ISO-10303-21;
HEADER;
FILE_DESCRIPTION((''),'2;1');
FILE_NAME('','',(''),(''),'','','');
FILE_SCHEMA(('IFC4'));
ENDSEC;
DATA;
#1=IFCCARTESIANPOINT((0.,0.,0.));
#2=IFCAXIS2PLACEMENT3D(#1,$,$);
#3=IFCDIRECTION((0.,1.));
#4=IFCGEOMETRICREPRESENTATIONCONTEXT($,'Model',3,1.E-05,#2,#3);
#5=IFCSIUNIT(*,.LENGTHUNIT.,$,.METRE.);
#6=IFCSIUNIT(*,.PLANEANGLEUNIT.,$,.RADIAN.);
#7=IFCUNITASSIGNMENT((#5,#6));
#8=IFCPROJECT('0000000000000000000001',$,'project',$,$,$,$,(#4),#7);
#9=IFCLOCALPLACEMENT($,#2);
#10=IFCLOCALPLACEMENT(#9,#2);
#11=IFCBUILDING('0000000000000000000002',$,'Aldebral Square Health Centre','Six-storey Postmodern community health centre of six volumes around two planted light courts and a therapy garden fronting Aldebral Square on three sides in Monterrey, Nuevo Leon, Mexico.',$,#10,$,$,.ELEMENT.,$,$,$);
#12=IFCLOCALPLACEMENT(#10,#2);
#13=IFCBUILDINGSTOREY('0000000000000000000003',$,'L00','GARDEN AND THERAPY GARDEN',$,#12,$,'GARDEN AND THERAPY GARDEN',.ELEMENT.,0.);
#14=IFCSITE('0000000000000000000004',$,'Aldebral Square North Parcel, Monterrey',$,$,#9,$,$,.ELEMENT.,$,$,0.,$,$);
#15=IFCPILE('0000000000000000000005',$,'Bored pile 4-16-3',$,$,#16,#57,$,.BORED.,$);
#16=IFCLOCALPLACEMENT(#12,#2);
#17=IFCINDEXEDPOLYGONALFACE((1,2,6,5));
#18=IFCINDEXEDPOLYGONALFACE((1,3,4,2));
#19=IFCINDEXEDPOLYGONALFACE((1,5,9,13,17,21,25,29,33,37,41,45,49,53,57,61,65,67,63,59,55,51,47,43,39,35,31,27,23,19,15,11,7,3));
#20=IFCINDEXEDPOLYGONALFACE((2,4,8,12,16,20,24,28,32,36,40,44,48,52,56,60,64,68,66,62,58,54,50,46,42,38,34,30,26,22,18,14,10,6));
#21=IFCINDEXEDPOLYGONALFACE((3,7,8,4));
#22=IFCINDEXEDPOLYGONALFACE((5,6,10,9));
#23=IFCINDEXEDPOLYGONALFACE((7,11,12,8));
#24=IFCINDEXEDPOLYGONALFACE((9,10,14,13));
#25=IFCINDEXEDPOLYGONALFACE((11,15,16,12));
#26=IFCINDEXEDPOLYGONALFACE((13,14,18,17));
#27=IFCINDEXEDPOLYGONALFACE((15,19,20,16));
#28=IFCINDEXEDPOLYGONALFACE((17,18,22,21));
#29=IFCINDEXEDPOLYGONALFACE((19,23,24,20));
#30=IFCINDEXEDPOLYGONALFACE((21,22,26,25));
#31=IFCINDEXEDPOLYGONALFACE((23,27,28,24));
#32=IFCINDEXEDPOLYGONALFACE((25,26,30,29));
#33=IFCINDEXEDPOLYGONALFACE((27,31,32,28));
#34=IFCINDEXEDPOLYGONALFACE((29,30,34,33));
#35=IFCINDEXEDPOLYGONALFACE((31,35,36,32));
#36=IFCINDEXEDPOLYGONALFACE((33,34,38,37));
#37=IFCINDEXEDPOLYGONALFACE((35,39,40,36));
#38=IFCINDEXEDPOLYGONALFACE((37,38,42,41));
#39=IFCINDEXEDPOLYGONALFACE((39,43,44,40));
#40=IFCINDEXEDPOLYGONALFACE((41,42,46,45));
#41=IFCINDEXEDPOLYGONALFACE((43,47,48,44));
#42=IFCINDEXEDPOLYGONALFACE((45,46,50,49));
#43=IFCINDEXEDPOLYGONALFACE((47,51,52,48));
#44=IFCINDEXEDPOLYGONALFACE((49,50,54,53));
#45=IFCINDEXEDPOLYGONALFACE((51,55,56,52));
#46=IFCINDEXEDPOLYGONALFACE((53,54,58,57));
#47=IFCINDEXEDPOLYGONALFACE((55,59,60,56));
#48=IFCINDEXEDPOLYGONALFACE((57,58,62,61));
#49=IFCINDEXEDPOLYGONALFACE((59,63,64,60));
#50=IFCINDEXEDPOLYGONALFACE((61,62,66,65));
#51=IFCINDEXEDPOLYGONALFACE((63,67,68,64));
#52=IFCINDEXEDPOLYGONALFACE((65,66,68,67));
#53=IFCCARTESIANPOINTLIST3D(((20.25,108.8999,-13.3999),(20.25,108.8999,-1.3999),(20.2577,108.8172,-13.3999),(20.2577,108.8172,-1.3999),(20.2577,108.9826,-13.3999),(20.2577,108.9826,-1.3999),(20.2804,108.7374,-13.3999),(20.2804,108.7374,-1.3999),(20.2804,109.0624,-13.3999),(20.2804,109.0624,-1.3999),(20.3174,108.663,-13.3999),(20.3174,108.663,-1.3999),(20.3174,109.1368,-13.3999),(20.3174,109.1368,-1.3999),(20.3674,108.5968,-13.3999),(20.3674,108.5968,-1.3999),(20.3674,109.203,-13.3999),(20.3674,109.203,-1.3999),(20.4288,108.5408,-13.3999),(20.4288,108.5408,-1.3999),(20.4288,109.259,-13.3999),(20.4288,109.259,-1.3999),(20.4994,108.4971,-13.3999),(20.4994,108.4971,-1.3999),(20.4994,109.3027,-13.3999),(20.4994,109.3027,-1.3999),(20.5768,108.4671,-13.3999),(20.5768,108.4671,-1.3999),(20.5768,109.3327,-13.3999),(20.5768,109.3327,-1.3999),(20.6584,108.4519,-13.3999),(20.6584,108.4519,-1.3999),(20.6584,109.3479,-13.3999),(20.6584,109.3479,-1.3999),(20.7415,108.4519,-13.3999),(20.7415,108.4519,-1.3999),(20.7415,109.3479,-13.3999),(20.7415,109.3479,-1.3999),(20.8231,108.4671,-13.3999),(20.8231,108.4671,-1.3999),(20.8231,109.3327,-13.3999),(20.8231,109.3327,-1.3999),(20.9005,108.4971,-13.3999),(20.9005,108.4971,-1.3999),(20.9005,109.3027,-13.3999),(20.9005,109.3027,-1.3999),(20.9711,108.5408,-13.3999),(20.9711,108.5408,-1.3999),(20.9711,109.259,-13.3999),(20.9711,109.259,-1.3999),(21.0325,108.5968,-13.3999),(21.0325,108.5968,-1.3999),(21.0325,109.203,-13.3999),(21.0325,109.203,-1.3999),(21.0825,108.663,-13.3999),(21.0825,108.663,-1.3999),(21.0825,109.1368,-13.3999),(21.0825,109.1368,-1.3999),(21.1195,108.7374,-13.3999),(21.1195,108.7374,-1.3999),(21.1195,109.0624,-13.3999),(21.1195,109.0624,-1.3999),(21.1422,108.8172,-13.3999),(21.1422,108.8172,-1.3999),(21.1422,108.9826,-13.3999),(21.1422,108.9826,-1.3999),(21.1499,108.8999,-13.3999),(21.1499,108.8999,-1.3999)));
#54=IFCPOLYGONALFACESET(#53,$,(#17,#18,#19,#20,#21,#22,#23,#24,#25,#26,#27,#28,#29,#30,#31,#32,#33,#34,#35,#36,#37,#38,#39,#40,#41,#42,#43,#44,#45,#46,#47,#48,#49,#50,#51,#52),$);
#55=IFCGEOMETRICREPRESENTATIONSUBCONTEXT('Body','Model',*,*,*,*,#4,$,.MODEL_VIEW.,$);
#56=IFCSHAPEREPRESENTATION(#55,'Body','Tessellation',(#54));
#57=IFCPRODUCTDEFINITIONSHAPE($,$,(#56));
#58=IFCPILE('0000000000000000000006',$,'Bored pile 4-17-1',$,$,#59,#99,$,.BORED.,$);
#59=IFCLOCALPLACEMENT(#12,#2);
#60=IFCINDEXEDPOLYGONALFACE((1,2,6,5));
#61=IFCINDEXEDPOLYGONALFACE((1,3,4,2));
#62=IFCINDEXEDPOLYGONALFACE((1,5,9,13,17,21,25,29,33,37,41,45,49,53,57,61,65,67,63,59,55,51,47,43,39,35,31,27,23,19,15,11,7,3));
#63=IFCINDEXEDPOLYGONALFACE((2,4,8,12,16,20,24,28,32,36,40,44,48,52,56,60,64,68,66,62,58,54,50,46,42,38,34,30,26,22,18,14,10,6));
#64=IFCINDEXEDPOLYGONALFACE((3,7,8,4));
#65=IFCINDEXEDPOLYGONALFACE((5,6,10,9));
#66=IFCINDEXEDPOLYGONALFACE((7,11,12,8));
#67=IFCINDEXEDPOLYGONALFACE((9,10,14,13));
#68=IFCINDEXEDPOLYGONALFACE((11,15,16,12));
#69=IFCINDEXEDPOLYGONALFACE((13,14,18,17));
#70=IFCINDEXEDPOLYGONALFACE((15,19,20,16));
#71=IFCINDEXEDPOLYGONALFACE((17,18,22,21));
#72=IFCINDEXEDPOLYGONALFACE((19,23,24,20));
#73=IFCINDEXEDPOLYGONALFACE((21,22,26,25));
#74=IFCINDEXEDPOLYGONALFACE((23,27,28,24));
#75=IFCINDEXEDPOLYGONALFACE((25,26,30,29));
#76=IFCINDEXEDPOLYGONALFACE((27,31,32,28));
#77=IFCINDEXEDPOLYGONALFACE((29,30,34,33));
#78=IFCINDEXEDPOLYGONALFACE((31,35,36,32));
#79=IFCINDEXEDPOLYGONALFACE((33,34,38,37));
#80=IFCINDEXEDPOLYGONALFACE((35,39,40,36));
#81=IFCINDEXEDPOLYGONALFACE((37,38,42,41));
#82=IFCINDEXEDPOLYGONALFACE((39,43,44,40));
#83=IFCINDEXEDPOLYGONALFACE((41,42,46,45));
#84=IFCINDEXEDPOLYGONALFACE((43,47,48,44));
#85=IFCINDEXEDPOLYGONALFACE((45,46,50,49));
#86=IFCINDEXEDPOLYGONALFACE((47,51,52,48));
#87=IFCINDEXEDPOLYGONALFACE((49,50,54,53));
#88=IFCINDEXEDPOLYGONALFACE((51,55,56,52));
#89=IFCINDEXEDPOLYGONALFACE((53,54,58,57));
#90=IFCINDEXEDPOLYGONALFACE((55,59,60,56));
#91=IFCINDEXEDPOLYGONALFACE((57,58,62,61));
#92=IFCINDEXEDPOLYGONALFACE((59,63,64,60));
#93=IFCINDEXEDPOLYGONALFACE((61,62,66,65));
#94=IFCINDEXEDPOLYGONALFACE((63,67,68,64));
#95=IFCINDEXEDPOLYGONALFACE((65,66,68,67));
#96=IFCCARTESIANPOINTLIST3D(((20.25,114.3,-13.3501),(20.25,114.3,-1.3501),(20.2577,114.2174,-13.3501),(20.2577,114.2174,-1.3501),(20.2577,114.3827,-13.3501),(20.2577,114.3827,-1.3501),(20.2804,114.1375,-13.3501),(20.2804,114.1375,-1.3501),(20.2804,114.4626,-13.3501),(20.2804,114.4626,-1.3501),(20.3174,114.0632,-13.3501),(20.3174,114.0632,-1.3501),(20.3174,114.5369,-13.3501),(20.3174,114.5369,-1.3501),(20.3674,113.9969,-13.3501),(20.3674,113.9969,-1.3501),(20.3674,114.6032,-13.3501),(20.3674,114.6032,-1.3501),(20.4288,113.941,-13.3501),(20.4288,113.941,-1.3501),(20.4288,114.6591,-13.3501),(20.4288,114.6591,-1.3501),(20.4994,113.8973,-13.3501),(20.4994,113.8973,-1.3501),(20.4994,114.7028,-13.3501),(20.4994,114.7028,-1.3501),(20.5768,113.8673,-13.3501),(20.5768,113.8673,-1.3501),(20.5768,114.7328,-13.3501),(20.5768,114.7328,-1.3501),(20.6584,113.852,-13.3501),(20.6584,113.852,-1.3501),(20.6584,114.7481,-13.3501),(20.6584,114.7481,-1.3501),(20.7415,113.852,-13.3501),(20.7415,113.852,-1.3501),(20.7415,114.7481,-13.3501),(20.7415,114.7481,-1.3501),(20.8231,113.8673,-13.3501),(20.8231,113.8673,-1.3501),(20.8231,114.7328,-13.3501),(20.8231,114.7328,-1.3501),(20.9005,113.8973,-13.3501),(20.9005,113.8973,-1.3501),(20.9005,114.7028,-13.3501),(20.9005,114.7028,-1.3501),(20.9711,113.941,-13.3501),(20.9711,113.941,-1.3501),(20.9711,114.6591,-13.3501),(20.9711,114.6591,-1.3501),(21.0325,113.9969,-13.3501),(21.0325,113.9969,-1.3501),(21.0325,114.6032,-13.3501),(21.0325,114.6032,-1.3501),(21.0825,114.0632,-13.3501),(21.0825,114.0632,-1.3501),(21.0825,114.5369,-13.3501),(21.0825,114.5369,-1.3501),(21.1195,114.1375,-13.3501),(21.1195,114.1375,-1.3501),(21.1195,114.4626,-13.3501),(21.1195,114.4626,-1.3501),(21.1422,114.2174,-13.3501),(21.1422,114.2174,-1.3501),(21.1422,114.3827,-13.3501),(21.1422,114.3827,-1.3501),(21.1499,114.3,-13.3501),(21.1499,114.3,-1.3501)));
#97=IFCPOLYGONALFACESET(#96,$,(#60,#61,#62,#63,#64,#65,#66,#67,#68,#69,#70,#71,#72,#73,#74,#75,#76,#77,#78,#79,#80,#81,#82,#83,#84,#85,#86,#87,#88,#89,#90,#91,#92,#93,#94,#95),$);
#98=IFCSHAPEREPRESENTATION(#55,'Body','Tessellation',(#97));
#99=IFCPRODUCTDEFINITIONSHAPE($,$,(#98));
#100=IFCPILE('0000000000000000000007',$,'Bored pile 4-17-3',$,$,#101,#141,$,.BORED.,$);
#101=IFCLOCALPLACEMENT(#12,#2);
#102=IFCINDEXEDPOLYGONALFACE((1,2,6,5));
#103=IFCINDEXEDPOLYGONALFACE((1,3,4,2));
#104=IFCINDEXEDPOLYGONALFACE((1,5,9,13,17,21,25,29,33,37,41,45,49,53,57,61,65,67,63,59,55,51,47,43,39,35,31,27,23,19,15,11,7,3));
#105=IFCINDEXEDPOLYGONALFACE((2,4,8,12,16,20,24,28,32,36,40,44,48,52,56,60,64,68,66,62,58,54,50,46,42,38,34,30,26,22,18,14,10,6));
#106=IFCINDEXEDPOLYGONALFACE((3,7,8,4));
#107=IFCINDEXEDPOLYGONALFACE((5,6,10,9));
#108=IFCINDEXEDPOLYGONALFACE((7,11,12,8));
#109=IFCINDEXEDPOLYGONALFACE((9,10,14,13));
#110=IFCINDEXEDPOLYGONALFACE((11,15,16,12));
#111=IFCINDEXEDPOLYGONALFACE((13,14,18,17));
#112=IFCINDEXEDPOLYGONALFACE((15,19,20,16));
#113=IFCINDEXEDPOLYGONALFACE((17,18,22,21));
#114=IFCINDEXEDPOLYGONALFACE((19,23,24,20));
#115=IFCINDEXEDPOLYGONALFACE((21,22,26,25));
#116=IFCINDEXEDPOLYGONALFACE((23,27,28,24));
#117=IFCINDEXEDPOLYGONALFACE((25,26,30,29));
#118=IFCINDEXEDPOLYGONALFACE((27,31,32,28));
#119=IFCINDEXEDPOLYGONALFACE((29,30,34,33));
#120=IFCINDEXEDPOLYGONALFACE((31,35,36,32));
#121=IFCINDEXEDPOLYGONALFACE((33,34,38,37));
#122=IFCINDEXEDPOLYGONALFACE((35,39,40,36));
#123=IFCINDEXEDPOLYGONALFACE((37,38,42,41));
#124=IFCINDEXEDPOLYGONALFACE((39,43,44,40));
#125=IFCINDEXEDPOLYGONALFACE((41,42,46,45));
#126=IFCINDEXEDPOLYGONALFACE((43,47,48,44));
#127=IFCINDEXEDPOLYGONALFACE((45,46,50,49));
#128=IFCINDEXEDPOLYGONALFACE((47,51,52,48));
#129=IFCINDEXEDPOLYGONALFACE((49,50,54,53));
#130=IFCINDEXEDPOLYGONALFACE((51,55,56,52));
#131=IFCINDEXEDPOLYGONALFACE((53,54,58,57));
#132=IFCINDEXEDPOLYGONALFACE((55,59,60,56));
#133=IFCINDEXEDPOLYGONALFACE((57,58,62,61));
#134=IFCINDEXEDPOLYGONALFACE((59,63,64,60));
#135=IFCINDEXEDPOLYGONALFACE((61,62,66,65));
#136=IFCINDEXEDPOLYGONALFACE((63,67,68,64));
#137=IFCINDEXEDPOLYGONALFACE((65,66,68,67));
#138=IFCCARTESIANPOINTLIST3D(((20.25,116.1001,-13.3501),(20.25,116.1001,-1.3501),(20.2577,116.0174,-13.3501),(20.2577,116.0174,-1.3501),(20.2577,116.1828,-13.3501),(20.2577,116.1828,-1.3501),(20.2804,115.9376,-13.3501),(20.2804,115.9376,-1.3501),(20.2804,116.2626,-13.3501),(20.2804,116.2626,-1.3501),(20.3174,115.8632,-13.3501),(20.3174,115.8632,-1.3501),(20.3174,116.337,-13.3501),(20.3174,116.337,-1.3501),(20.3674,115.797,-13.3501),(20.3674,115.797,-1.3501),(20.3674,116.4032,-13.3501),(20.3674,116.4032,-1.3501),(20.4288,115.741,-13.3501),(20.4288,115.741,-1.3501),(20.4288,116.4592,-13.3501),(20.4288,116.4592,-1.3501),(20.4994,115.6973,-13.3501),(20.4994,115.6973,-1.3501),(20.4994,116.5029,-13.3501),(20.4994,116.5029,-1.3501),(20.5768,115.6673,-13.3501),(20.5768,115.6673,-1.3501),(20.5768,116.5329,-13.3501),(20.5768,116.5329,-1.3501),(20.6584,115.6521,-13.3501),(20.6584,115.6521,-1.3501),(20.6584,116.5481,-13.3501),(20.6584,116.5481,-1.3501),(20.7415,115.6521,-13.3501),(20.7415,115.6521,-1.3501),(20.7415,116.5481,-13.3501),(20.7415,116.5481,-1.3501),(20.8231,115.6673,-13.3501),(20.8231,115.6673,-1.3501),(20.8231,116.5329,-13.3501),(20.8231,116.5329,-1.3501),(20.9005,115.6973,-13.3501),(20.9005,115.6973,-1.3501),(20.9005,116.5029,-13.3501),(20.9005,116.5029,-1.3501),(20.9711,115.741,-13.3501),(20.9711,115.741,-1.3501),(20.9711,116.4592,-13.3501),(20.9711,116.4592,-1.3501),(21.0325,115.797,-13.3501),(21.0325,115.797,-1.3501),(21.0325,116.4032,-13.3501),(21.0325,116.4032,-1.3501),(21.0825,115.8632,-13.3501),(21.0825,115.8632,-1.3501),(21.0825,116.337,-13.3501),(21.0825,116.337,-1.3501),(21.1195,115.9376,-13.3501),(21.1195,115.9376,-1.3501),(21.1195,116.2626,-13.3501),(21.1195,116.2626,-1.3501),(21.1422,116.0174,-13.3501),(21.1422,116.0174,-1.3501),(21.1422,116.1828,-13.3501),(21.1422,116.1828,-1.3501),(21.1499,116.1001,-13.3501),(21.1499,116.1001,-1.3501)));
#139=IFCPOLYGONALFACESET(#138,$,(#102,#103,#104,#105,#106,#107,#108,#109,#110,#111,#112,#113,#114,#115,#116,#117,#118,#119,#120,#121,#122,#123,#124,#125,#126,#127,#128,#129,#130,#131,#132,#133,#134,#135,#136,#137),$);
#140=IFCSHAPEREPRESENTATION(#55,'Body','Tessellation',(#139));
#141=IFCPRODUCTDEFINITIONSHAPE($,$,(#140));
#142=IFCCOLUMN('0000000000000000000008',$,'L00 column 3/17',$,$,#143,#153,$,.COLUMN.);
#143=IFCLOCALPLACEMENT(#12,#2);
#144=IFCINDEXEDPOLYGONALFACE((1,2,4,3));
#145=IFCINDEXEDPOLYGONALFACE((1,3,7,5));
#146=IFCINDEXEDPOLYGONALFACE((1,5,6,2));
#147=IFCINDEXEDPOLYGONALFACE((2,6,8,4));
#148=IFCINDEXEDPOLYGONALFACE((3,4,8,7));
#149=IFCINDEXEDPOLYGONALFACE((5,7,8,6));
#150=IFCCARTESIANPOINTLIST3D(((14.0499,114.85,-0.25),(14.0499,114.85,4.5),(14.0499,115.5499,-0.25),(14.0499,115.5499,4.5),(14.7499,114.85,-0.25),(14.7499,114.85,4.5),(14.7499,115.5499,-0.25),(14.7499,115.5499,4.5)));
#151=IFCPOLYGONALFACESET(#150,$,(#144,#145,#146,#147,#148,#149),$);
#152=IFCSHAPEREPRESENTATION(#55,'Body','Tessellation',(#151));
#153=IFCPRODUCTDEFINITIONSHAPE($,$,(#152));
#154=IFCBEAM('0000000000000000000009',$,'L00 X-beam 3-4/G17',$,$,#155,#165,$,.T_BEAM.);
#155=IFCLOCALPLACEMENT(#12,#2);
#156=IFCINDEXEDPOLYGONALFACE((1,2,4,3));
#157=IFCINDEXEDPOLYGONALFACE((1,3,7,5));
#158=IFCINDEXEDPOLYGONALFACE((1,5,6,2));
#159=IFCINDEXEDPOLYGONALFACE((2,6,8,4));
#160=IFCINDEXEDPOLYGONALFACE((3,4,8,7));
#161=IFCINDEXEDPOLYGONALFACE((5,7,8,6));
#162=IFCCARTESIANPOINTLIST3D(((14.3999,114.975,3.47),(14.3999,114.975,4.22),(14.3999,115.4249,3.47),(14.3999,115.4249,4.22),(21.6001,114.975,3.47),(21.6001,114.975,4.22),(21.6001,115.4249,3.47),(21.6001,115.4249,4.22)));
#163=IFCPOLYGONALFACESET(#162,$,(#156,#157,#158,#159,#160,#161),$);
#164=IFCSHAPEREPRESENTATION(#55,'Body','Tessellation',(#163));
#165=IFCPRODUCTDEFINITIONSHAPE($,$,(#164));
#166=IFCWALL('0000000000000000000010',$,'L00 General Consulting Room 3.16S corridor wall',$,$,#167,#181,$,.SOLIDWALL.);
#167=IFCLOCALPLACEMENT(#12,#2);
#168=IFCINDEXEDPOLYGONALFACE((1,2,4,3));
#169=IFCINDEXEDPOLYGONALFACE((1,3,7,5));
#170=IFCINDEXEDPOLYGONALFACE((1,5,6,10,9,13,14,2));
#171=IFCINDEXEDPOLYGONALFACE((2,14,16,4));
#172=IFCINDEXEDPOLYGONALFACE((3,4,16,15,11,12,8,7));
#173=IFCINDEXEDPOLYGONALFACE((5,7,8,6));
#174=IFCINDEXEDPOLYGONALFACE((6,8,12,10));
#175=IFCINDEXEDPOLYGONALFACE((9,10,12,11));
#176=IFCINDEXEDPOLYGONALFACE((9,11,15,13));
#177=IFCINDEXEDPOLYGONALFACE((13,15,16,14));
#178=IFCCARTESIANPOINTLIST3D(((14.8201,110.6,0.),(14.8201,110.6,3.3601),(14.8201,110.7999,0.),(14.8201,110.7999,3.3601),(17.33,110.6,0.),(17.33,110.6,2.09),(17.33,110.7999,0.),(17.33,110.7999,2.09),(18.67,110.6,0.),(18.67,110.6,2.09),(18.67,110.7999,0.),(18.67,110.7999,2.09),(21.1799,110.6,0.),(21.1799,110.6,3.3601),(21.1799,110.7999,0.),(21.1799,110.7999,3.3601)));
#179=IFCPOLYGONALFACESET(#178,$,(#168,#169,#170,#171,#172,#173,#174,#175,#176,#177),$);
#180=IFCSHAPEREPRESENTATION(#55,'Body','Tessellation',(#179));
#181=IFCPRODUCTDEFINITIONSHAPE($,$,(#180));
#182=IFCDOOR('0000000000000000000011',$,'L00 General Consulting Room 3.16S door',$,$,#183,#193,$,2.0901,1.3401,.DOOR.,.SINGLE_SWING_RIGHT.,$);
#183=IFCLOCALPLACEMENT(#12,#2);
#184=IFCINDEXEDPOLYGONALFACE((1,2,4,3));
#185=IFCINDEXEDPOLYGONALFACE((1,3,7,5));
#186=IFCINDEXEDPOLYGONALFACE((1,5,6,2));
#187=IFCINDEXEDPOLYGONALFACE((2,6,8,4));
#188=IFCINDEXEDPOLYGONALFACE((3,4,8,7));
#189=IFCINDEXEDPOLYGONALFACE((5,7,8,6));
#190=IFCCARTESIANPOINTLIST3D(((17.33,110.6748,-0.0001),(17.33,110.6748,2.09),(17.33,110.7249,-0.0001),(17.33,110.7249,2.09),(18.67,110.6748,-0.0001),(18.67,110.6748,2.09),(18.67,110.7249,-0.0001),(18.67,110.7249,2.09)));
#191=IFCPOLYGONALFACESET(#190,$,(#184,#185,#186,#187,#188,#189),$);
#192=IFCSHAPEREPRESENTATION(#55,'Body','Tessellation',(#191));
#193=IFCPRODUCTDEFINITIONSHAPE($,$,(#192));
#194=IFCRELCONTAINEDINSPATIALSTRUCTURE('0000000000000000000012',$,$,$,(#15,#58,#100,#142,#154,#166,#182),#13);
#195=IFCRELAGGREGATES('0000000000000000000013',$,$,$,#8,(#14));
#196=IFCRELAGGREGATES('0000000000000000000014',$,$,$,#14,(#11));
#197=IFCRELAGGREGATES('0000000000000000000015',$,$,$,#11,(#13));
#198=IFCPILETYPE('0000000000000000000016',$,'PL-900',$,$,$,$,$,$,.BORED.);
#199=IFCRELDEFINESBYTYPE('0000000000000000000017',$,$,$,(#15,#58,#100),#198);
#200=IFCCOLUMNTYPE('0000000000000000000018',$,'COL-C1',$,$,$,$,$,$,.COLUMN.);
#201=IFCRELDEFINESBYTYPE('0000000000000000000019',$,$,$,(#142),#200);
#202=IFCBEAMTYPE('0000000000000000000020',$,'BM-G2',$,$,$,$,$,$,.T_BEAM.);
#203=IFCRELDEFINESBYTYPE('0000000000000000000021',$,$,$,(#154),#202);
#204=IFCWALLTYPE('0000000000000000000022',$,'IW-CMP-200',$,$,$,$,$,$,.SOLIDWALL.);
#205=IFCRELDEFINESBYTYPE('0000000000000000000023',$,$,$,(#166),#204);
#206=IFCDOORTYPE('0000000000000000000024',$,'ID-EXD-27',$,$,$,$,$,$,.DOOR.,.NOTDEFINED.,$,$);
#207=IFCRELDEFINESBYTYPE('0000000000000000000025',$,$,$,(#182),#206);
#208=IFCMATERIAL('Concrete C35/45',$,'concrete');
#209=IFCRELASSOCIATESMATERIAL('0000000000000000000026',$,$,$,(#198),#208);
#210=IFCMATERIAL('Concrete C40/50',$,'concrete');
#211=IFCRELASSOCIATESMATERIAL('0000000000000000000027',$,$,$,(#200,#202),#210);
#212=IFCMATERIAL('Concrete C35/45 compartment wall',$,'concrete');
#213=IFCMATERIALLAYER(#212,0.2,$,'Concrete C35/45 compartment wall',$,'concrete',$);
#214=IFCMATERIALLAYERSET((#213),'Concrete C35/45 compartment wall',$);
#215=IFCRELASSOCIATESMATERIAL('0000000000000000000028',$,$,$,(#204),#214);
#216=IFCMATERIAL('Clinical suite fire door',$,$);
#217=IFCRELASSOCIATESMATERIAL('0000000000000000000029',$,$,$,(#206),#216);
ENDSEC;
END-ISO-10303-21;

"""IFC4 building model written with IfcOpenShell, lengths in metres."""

from ifc_helpers import new_model, si_unit, direction, frame, frame_2d, origin, origin_2d, place, context, subcontext, project, spatial, rectangle, circle, extrude, material, layer, layer_set, material_profile, profile_set, type_object, element, fill, save


model = new_model("IFC4")

# Units and contexts
model_context = context("Model", 3, precision=1e-05, world=origin(), true_north=direction((0.0, 1.0)))
body_context = subcontext(model_context, "Body", "Model", "MODEL_VIEW")
ifc_project = project(units=[si_unit("LENGTHUNIT", "METRE"), si_unit("PLANEANGLEUNIT", "RADIAN")], contexts=[model_context])

# Site, building, storey
site_placement = place(None, origin())
site = spatial("IfcSite", under=ifc_project, at=site_placement, Name="Aldebral Square North Parcel, Monterrey", CompositionType="ELEMENT", RefElevation=0.0)
building_placement = place(site_placement, origin())
building = spatial("IfcBuilding", under=site, at=building_placement, Name="Aldebral Square Health Centre", Description="Six-storey Postmodern community health centre of six volumes around two planted light courts and a therapy garden fronting Aldebral Square on three sides in Monterrey, Nuevo Leon, Mexico.", CompositionType="ELEMENT")
storey_placement = place(building_placement, origin())
storey = spatial("IfcBuildingStorey", under=building, at=storey_placement, Name="L00", Description="GARDEN AND THERAPY GARDEN", LongName="GARDEN AND THERAPY GARDEN", CompositionType="ELEMENT", Elevation=0.0)

# Shared definitions
ifc_material_1 = material(Name="Concrete C35/45", Category="concrete")

# Piles
ifc_material_profile_1 = material_profile(ifc_material_1, circle(Radius=0.45, at=origin_2d()), Name="PILE D900")
ifc_profile_set_1 = profile_set([ifc_material_profile_1], Name="Concrete C35/45")
pile_type = type_object("IfcPileType", Name="PL-900", PredefinedType="BORED", material=ifc_profile_set_1)
for number, where, z_axis, x_axis, name in (
    (1, (20.7, 108.8999, -1.3999), (0.0, 0.0, -1.0), (1.0, 0.0, 0.0), "Bored pile 4-16-3"),
    (2, (20.7, 114.3, -1.3501), (0.0, 0.0, -1.0), (1.0, 0.0, 0.0), "Bored pile 4-17-1"),
    (3, (20.7, 116.1001, -1.3501), (0.0, 0.0, -1.0), (1.0, 0.0, 0.0), "Bored pile 4-17-3"),
):
    element("IfcPile", number, at=place(storey_placement, frame(where, z_axis=z_axis, x_axis=x_axis)), inside=storey, type_object=pile_type, Name=name, PredefinedType="BORED", context=body_context, shape_type="SweptSolid", body=[
        extrude(circle(Radius=0.45, at=origin_2d()), origin(), (0.0, 0.0, 1.0), 12.0),
    ])

# Column
ifc_material_2 = material(Name="Concrete C40/50", Category="concrete")
ifc_material_profile_2 = material_profile(ifc_material_2, rectangle(XDim=0.7, YDim=0.7, at=origin_2d()), Name="RC 700x700")
ifc_profile_set_2 = profile_set([ifc_material_profile_2], Name="Concrete C40/50")
column_type = type_object("IfcColumnType", Name="COL-C1", PredefinedType="COLUMN", material=ifc_profile_set_2)
column_placement = place(storey_placement, frame((14.3999, 115.2, -0.25), z_axis=(0.0, 0.0, 1.0), x_axis=(1.0, 0.0, 0.0)))
element("IfcColumn", 4, at=column_placement, inside=storey, type_object=column_type, Name="L00 column 3/17", PredefinedType="COLUMN", context=body_context, shape_type="SweptSolid", body=[
    extrude(rectangle(XDim=0.7, YDim=0.7, at=origin_2d()), origin(), (0.0, 0.0, 1.0), 4.75),
])

# Beam
ifc_material_profile_3 = material_profile(ifc_material_2, rectangle(XDim=0.45, YDim=0.75, at=origin_2d()), Name="RC 450x750")
ifc_profile_set_3 = profile_set([ifc_material_profile_3], Name="Concrete C40/50")
beam_type = type_object("IfcBeamType", Name="BM-G2", PredefinedType="T_BEAM", material=ifc_profile_set_3)
beam_placement = place(storey_placement, frame((14.3999, 115.2, 3.845), z_axis=(1.0, 0.0, 0.0), x_axis=(0.0, 1.0, 0.0)))
element("IfcBeam", 5, at=beam_placement, inside=storey, type_object=beam_type, Name="L00 X-beam 3-4/G17", PredefinedType="T_BEAM", context=body_context, shape_type="SweptSolid", body=[
    extrude(rectangle(XDim=0.45, YDim=0.75, at=origin_2d()), origin(), (0.0, 0.0, 1.0), 7.2002),
])

# Wall, opening, door
ifc_material_3 = material(Name="Concrete C35/45 compartment wall", Category="concrete")
ifc_layer_1 = layer(ifc_material_3, 0.2, Name="Concrete C35/45 compartment wall", Category="concrete")
ifc_layer_set_1 = layer_set([ifc_layer_1], Name="Concrete C35/45 compartment wall")
wall_type_1 = type_object("IfcWallType", Name="IW-CMP-200", PredefinedType="SOLIDWALL", material=ifc_layer_set_1)
wall_1_placement = place(storey_placement, frame((14.8201, 110.7, 0.0), z_axis=(0.0, 0.0, 1.0), x_axis=(1.0, 0.0, 0.0)))
wall_1 = element("IfcWall", 6, at=wall_1_placement, inside=storey, type_object=wall_type_1, Name="L00 General Consulting Room 3.16S corridor wall", PredefinedType="SOLIDWALL", context=body_context, shape_type="SweptSolid", body=[
    extrude(rectangle(XDim=6.3599, YDim=0.2, at=frame_2d((3.1799, 0.0))), origin(), (0.0, 0.0, 1.0), 3.3601),
])
opening_1_placement = place(wall_1_placement, frame((2.51, 0.0, 0.0)))
opening_1 = element("IfcOpeningElement", 7, at=opening_1_placement, cuts=wall_1, PredefinedType="OPENING", context=body_context, shape_type="SweptSolid", body=[
    extrude(rectangle(XDim=1.3401, YDim=2.0901, at=frame_2d((0.6699, 1.0449))), frame((0.0, 0.1099, 0.0), z_axis=(0.0, -1.0, 0.0), x_axis=(1.0, 0.0, 0.0)), (0.0, 0.0, 1.0), 0.22),
])
ifc_material_4 = material(Name="Clinical suite fire door")
door_type_1 = type_object("IfcDoorType", Name="ID-EXD-27", OperationType="NOTDEFINED", PredefinedType="DOOR", material=ifc_material_4)
door_1_placement = place(opening_1_placement, origin())
door_1 = element("IfcDoor", 8, at=door_1_placement, inside=storey, type_object=door_type_1, Name="L00 General Consulting Room 3.16S door", OperationType="SINGLE_SWING_RIGHT", OverallHeight=2.0901, OverallWidth=1.3401, PredefinedType="DOOR", context=body_context, shape_type="SweptSolid", body=[
    extrude(rectangle(XDim=1.3401, YDim=2.0901, at=frame_2d((0.6699, 1.0449))), frame((0.0, 0.0249, 0.0), z_axis=(0.0, -1.0, 0.0), x_axis=(1.0, 0.0, 0.0)), (0.0, 0.0, 1.0), 0.05),
])
fill(opening_1, door_1)

save(model, "model.ifc")
